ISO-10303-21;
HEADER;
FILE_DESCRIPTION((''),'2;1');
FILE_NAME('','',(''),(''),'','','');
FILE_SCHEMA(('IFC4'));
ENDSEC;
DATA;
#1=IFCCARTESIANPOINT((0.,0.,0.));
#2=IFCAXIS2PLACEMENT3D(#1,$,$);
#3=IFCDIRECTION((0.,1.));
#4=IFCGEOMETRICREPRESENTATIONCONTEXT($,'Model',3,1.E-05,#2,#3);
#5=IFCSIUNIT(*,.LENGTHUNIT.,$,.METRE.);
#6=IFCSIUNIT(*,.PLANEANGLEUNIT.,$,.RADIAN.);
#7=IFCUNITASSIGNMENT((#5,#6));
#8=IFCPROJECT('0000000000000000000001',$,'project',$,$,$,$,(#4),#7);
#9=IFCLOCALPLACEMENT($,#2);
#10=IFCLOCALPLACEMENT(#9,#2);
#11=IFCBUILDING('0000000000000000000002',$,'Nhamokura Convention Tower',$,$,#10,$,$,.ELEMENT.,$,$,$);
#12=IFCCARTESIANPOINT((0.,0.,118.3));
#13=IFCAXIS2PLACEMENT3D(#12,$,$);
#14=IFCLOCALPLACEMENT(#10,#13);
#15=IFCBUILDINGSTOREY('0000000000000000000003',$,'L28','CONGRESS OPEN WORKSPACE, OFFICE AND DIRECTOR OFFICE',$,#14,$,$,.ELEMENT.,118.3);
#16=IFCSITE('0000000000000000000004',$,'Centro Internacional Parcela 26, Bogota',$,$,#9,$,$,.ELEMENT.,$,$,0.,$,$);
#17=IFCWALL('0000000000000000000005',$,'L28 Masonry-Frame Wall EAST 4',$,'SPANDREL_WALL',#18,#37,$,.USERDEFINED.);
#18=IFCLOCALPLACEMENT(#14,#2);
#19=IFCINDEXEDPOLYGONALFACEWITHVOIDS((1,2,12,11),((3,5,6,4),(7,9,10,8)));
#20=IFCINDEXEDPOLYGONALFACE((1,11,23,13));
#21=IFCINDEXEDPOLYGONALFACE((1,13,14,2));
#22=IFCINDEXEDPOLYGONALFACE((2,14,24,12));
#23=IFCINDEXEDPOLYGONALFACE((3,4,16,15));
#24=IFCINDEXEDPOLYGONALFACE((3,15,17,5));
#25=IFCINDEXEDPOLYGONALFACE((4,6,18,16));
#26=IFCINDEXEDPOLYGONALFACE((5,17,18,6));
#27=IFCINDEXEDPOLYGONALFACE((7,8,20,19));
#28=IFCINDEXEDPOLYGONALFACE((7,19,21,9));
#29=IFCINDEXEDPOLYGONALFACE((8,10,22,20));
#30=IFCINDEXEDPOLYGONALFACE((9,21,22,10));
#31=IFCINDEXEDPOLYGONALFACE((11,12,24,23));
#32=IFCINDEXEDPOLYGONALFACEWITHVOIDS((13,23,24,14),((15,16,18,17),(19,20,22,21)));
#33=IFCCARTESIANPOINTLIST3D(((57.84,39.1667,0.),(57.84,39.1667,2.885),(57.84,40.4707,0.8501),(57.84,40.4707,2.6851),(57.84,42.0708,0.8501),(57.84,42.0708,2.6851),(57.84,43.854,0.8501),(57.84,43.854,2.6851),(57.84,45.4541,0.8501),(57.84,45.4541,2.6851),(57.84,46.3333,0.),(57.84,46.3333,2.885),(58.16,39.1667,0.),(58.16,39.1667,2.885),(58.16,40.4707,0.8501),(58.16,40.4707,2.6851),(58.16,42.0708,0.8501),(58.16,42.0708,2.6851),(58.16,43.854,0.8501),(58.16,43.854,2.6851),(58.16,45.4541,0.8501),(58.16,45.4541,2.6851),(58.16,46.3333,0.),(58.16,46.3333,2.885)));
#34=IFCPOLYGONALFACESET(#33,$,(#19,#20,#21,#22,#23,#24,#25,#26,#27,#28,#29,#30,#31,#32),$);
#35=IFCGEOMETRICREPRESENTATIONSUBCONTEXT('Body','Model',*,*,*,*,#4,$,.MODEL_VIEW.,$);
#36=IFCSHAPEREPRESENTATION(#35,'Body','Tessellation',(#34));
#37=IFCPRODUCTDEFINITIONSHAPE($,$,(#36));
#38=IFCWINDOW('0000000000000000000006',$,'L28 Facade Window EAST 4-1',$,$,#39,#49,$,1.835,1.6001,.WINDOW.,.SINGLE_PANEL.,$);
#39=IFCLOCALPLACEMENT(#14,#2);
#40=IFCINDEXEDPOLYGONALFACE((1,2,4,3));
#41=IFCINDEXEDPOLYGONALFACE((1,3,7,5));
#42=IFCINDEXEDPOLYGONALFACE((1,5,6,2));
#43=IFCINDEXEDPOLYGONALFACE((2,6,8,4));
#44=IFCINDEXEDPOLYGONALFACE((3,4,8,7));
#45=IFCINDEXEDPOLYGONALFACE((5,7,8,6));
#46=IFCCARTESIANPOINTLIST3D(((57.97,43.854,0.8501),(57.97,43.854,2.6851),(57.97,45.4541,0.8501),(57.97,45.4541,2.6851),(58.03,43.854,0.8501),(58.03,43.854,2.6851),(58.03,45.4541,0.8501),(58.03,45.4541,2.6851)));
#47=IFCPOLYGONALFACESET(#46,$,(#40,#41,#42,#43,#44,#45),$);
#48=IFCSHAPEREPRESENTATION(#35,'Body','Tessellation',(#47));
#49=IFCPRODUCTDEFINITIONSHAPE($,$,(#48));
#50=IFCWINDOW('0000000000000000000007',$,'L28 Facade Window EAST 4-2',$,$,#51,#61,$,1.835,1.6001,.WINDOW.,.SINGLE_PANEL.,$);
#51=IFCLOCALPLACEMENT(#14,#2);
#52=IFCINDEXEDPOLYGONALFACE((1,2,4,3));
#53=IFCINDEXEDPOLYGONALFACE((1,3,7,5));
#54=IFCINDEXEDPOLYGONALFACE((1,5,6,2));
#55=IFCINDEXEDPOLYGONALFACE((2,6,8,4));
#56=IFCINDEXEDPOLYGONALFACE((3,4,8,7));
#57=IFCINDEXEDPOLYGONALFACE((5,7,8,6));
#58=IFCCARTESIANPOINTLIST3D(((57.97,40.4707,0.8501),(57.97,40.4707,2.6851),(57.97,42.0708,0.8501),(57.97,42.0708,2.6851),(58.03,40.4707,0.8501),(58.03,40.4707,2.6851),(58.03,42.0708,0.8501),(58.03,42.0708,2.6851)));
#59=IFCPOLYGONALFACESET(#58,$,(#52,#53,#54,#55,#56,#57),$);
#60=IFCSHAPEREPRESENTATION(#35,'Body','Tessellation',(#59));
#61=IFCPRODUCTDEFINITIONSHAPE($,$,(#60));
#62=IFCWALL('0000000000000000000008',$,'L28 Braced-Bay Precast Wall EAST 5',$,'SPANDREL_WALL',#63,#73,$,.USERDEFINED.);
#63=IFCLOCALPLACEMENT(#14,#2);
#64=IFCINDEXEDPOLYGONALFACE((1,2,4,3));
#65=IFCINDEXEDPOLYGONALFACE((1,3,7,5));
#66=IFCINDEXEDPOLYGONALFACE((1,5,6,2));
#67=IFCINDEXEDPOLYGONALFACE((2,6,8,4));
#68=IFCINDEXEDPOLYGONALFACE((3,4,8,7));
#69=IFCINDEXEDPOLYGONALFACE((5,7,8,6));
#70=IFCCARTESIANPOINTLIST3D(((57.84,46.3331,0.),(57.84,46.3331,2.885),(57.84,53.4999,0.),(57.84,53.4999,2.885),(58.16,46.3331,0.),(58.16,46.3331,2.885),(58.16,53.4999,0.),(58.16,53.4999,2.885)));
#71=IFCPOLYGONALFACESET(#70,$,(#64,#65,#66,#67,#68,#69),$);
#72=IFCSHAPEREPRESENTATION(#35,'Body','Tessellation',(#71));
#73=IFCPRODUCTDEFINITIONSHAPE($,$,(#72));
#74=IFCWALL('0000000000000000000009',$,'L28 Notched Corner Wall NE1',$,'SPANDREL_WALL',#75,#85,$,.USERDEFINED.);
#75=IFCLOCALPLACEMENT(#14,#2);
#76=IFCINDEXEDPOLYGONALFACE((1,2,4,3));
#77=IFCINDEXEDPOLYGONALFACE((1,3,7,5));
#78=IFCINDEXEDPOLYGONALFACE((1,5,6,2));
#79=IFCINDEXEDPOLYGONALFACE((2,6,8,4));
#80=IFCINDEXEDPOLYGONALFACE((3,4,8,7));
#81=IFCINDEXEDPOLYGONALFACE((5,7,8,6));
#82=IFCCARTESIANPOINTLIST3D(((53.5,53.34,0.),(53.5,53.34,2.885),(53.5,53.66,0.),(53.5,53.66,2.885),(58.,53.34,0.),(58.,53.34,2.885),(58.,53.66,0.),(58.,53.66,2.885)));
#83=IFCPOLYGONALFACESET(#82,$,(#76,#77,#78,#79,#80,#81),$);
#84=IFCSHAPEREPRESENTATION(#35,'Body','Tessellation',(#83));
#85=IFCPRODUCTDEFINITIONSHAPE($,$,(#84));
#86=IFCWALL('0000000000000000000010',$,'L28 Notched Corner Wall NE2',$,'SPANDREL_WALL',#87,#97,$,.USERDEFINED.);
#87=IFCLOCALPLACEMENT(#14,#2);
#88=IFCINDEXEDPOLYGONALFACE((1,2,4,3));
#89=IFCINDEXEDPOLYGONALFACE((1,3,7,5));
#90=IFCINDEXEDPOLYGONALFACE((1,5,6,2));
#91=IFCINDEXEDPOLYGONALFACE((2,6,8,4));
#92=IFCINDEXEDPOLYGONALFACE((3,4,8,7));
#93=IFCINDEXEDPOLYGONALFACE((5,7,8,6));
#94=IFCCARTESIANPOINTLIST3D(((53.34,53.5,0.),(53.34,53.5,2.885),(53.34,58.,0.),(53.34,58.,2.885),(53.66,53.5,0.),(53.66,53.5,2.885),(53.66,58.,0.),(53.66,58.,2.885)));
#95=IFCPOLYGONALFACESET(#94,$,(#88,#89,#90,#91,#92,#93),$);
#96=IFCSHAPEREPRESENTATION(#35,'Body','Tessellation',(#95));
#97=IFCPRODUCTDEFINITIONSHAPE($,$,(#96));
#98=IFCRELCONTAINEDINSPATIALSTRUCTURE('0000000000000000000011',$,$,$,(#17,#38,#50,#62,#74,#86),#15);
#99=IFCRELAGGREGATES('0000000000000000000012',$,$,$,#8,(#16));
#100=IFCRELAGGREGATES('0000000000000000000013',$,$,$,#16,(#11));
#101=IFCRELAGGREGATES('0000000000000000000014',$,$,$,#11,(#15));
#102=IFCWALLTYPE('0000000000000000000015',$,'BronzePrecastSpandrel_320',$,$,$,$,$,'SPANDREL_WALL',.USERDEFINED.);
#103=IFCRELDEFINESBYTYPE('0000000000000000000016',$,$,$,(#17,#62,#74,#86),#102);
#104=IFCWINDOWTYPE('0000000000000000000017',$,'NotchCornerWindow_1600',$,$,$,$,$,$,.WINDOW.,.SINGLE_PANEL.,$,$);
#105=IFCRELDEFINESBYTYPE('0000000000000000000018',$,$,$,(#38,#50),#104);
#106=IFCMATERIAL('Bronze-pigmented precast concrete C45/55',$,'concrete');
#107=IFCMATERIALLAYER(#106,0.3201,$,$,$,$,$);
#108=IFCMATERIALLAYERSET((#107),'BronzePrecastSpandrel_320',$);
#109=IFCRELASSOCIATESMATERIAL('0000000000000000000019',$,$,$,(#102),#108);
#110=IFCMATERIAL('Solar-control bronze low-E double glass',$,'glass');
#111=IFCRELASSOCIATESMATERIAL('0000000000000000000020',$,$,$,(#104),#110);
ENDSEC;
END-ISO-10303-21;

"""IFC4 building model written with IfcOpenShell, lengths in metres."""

from ifc_helpers import new_model, si_unit, direction, frame, frame_2d, origin, place, context, subcontext, project, spatial, rectangle, extrude, material, layer, layer_set, type_object, element, fill, save


model = new_model("IFC4")

# Units and contexts
model_context = context("Model", 3, precision=1e-05, world=origin(), true_north=direction((0.0, 1.0)))
body_context = subcontext(model_context, "Body", "Model", "MODEL_VIEW")
ifc_project = project(units=[si_unit("LENGTHUNIT", "METRE"), si_unit("PLANEANGLEUNIT", "RADIAN")], contexts=[model_context])

# Site, building, storey
site_placement = place(None, origin())
site = spatial("IfcSite", under=ifc_project, at=site_placement, Name="Centro Internacional Parcela 26, Bogota", CompositionType="ELEMENT", RefElevation=0.0)
building_placement = place(site_placement, origin())
building = spatial("IfcBuilding", under=site, at=building_placement, Name="Nhamokura Convention Tower", CompositionType="ELEMENT")
storey_placement = place(building_placement, frame((0.0, 0.0, 118.3)))
storey = spatial("IfcBuildingStorey", under=building, at=storey_placement, Name="L28", Description="CONGRESS OPEN WORKSPACE, OFFICE AND DIRECTOR OFFICE", CompositionType="ELEMENT", Elevation=118.3)

# Shared definitions
ifc_material_1 = material(Name="Bronze-pigmented precast concrete C45/55", Category="concrete")
ifc_layer = layer(ifc_material_1, 0.3201)
ifc_layer_set = layer_set([ifc_layer], Name="BronzePrecastSpandrel_320")
wall_type = type_object("IfcWallType", Name="BronzePrecastSpandrel_320", ElementType="SPANDREL_WALL", PredefinedType="USERDEFINED", material=ifc_layer_set)

# Wall, openings, windows
wall_1_placement = place(storey_placement, frame((58.0, 46.3333, 0.0), z_axis=(0.0, 0.0, 1.0), x_axis=(0.0, -1.0, 0.0)))
wall_1 = element("IfcWall", 1, at=wall_1_placement, inside=storey, type_object=wall_type, Name="L28 Masonry-Frame Wall EAST 4", ObjectType="SPANDREL_WALL", PredefinedType="USERDEFINED", context=body_context, shape_type="SweptSolid", body=[
    extrude(rectangle(XDim=7.1665, YDim=0.3201, at=frame_2d((3.5833, 0.0))), origin(), (0.0, 0.0, 1.0), 2.885),
])
opening_1_placement = place(wall_1_placement, frame((0.8792, 0.0, 0.8501)))
opening_1 = element("IfcOpeningElement", 2, at=opening_1_placement, cuts=wall_1, PredefinedType="OPENING", context=body_context, shape_type="SweptSolid", body=[
    extrude(rectangle(XDim=1.6001, YDim=1.835, at=frame_2d((0.8, 0.9175))), frame((0.0, 0.1699, 0.0), z_axis=(0.0, -1.0, 0.0), x_axis=(1.0, 0.0, 0.0)), (0.0, 0.0, 1.0), 0.3401),
])
opening_2_placement = place(wall_1_placement, frame((4.2625, 0.0, 0.8501)))
opening_2 = element("IfcOpeningElement", 3, at=opening_2_placement, cuts=wall_1, PredefinedType="OPENING", context=body_context, shape_type="SweptSolid", body=[
    extrude(rectangle(XDim=1.6001, YDim=1.835, at=frame_2d((0.8, 0.9175))), frame((0.0, 0.1699, 0.0), z_axis=(0.0, -1.0, 0.0), x_axis=(1.0, 0.0, 0.0)), (0.0, 0.0, 1.0), 0.3401),
])
ifc_material_2 = material(Name="Solar-control bronze low-E double glass", Category="glass")
window_type = type_object("IfcWindowType", Name="NotchCornerWindow_1600", PartitioningType="SINGLE_PANEL", PredefinedType="WINDOW", material=ifc_material_2)
window_1_placement = place(opening_1_placement, origin())
window_1 = element("IfcWindow", 4, at=window_1_placement, inside=storey, type_object=window_type, Name="L28 Facade Window EAST 4-1", OverallHeight=1.835, OverallWidth=1.6001, PartitioningType="SINGLE_PANEL", PredefinedType="WINDOW", context=body_context, shape_type="SweptSolid", body=[
    extrude(rectangle(XDim=1.6001, YDim=1.835, at=frame_2d((0.8, 0.9175))), frame((0.0, 0.03, 0.0), z_axis=(0.0, -1.0, 0.0), x_axis=(1.0, 0.0, 0.0)), (0.0, 0.0, 1.0), 0.0601),
])
fill(opening_1, window_1)
window_2_placement = place(opening_2_placement, origin())
window_2 = element("IfcWindow", 5, at=window_2_placement, inside=storey, type_object=window_type, Name="L28 Facade Window EAST 4-2", OverallHeight=1.835, OverallWidth=1.6001, PartitioningType="SINGLE_PANEL", PredefinedType="WINDOW", context=body_context, shape_type="SweptSolid", body=[
    extrude(rectangle(XDim=1.6001, YDim=1.835, at=frame_2d((0.8, 0.9175))), frame((0.0, 0.03, 0.0), z_axis=(0.0, -1.0, 0.0), x_axis=(1.0, 0.0, 0.0)), (0.0, 0.0, 1.0), 0.0601),
])
fill(opening_2, window_2)

# Walls
wall_2_placement = place(storey_placement, frame((58.0, 53.5, 0.0), z_axis=(0.0, 0.0, 1.0), x_axis=(0.0, -1.0, 0.0)))
element("IfcWall", 6, at=wall_2_placement, inside=storey, type_object=wall_type, Name="L28 Braced-Bay Precast Wall EAST 5", ObjectType="SPANDREL_WALL", PredefinedType="USERDEFINED", context=body_context, shape_type="SweptSolid", body=[
    extrude(rectangle(XDim=7.1667, YDim=0.3201, at=frame_2d((3.5835, 0.0))), origin(), (0.0, 0.0, 1.0), 2.885),
])
for number, where, z_axis, x_axis, name in (
    (7, (53.5, 53.5, 0.0), (0.0, 0.0, 1.0), (1.0, 0.0, 0.0), "L28 Notched Corner Wall NE1"),
    (8, (53.5, 58.0, 0.0), (0.0, 0.0, 1.0), (0.0, -1.0, 0.0), "L28 Notched Corner Wall NE2"),
):
    element("IfcWall", number, at=place(storey_placement, frame(where, z_axis=z_axis, x_axis=x_axis)), inside=storey, type_object=wall_type, Name=name, ObjectType="SPANDREL_WALL", PredefinedType="USERDEFINED", context=body_context, shape_type="SweptSolid", body=[
        extrude(rectangle(XDim=4.5, YDim=0.3201, at=frame_2d((2.25, 0.0))), origin(), (0.0, 0.0, 1.0), 2.885),
    ])

save(model, "model.ifc")
